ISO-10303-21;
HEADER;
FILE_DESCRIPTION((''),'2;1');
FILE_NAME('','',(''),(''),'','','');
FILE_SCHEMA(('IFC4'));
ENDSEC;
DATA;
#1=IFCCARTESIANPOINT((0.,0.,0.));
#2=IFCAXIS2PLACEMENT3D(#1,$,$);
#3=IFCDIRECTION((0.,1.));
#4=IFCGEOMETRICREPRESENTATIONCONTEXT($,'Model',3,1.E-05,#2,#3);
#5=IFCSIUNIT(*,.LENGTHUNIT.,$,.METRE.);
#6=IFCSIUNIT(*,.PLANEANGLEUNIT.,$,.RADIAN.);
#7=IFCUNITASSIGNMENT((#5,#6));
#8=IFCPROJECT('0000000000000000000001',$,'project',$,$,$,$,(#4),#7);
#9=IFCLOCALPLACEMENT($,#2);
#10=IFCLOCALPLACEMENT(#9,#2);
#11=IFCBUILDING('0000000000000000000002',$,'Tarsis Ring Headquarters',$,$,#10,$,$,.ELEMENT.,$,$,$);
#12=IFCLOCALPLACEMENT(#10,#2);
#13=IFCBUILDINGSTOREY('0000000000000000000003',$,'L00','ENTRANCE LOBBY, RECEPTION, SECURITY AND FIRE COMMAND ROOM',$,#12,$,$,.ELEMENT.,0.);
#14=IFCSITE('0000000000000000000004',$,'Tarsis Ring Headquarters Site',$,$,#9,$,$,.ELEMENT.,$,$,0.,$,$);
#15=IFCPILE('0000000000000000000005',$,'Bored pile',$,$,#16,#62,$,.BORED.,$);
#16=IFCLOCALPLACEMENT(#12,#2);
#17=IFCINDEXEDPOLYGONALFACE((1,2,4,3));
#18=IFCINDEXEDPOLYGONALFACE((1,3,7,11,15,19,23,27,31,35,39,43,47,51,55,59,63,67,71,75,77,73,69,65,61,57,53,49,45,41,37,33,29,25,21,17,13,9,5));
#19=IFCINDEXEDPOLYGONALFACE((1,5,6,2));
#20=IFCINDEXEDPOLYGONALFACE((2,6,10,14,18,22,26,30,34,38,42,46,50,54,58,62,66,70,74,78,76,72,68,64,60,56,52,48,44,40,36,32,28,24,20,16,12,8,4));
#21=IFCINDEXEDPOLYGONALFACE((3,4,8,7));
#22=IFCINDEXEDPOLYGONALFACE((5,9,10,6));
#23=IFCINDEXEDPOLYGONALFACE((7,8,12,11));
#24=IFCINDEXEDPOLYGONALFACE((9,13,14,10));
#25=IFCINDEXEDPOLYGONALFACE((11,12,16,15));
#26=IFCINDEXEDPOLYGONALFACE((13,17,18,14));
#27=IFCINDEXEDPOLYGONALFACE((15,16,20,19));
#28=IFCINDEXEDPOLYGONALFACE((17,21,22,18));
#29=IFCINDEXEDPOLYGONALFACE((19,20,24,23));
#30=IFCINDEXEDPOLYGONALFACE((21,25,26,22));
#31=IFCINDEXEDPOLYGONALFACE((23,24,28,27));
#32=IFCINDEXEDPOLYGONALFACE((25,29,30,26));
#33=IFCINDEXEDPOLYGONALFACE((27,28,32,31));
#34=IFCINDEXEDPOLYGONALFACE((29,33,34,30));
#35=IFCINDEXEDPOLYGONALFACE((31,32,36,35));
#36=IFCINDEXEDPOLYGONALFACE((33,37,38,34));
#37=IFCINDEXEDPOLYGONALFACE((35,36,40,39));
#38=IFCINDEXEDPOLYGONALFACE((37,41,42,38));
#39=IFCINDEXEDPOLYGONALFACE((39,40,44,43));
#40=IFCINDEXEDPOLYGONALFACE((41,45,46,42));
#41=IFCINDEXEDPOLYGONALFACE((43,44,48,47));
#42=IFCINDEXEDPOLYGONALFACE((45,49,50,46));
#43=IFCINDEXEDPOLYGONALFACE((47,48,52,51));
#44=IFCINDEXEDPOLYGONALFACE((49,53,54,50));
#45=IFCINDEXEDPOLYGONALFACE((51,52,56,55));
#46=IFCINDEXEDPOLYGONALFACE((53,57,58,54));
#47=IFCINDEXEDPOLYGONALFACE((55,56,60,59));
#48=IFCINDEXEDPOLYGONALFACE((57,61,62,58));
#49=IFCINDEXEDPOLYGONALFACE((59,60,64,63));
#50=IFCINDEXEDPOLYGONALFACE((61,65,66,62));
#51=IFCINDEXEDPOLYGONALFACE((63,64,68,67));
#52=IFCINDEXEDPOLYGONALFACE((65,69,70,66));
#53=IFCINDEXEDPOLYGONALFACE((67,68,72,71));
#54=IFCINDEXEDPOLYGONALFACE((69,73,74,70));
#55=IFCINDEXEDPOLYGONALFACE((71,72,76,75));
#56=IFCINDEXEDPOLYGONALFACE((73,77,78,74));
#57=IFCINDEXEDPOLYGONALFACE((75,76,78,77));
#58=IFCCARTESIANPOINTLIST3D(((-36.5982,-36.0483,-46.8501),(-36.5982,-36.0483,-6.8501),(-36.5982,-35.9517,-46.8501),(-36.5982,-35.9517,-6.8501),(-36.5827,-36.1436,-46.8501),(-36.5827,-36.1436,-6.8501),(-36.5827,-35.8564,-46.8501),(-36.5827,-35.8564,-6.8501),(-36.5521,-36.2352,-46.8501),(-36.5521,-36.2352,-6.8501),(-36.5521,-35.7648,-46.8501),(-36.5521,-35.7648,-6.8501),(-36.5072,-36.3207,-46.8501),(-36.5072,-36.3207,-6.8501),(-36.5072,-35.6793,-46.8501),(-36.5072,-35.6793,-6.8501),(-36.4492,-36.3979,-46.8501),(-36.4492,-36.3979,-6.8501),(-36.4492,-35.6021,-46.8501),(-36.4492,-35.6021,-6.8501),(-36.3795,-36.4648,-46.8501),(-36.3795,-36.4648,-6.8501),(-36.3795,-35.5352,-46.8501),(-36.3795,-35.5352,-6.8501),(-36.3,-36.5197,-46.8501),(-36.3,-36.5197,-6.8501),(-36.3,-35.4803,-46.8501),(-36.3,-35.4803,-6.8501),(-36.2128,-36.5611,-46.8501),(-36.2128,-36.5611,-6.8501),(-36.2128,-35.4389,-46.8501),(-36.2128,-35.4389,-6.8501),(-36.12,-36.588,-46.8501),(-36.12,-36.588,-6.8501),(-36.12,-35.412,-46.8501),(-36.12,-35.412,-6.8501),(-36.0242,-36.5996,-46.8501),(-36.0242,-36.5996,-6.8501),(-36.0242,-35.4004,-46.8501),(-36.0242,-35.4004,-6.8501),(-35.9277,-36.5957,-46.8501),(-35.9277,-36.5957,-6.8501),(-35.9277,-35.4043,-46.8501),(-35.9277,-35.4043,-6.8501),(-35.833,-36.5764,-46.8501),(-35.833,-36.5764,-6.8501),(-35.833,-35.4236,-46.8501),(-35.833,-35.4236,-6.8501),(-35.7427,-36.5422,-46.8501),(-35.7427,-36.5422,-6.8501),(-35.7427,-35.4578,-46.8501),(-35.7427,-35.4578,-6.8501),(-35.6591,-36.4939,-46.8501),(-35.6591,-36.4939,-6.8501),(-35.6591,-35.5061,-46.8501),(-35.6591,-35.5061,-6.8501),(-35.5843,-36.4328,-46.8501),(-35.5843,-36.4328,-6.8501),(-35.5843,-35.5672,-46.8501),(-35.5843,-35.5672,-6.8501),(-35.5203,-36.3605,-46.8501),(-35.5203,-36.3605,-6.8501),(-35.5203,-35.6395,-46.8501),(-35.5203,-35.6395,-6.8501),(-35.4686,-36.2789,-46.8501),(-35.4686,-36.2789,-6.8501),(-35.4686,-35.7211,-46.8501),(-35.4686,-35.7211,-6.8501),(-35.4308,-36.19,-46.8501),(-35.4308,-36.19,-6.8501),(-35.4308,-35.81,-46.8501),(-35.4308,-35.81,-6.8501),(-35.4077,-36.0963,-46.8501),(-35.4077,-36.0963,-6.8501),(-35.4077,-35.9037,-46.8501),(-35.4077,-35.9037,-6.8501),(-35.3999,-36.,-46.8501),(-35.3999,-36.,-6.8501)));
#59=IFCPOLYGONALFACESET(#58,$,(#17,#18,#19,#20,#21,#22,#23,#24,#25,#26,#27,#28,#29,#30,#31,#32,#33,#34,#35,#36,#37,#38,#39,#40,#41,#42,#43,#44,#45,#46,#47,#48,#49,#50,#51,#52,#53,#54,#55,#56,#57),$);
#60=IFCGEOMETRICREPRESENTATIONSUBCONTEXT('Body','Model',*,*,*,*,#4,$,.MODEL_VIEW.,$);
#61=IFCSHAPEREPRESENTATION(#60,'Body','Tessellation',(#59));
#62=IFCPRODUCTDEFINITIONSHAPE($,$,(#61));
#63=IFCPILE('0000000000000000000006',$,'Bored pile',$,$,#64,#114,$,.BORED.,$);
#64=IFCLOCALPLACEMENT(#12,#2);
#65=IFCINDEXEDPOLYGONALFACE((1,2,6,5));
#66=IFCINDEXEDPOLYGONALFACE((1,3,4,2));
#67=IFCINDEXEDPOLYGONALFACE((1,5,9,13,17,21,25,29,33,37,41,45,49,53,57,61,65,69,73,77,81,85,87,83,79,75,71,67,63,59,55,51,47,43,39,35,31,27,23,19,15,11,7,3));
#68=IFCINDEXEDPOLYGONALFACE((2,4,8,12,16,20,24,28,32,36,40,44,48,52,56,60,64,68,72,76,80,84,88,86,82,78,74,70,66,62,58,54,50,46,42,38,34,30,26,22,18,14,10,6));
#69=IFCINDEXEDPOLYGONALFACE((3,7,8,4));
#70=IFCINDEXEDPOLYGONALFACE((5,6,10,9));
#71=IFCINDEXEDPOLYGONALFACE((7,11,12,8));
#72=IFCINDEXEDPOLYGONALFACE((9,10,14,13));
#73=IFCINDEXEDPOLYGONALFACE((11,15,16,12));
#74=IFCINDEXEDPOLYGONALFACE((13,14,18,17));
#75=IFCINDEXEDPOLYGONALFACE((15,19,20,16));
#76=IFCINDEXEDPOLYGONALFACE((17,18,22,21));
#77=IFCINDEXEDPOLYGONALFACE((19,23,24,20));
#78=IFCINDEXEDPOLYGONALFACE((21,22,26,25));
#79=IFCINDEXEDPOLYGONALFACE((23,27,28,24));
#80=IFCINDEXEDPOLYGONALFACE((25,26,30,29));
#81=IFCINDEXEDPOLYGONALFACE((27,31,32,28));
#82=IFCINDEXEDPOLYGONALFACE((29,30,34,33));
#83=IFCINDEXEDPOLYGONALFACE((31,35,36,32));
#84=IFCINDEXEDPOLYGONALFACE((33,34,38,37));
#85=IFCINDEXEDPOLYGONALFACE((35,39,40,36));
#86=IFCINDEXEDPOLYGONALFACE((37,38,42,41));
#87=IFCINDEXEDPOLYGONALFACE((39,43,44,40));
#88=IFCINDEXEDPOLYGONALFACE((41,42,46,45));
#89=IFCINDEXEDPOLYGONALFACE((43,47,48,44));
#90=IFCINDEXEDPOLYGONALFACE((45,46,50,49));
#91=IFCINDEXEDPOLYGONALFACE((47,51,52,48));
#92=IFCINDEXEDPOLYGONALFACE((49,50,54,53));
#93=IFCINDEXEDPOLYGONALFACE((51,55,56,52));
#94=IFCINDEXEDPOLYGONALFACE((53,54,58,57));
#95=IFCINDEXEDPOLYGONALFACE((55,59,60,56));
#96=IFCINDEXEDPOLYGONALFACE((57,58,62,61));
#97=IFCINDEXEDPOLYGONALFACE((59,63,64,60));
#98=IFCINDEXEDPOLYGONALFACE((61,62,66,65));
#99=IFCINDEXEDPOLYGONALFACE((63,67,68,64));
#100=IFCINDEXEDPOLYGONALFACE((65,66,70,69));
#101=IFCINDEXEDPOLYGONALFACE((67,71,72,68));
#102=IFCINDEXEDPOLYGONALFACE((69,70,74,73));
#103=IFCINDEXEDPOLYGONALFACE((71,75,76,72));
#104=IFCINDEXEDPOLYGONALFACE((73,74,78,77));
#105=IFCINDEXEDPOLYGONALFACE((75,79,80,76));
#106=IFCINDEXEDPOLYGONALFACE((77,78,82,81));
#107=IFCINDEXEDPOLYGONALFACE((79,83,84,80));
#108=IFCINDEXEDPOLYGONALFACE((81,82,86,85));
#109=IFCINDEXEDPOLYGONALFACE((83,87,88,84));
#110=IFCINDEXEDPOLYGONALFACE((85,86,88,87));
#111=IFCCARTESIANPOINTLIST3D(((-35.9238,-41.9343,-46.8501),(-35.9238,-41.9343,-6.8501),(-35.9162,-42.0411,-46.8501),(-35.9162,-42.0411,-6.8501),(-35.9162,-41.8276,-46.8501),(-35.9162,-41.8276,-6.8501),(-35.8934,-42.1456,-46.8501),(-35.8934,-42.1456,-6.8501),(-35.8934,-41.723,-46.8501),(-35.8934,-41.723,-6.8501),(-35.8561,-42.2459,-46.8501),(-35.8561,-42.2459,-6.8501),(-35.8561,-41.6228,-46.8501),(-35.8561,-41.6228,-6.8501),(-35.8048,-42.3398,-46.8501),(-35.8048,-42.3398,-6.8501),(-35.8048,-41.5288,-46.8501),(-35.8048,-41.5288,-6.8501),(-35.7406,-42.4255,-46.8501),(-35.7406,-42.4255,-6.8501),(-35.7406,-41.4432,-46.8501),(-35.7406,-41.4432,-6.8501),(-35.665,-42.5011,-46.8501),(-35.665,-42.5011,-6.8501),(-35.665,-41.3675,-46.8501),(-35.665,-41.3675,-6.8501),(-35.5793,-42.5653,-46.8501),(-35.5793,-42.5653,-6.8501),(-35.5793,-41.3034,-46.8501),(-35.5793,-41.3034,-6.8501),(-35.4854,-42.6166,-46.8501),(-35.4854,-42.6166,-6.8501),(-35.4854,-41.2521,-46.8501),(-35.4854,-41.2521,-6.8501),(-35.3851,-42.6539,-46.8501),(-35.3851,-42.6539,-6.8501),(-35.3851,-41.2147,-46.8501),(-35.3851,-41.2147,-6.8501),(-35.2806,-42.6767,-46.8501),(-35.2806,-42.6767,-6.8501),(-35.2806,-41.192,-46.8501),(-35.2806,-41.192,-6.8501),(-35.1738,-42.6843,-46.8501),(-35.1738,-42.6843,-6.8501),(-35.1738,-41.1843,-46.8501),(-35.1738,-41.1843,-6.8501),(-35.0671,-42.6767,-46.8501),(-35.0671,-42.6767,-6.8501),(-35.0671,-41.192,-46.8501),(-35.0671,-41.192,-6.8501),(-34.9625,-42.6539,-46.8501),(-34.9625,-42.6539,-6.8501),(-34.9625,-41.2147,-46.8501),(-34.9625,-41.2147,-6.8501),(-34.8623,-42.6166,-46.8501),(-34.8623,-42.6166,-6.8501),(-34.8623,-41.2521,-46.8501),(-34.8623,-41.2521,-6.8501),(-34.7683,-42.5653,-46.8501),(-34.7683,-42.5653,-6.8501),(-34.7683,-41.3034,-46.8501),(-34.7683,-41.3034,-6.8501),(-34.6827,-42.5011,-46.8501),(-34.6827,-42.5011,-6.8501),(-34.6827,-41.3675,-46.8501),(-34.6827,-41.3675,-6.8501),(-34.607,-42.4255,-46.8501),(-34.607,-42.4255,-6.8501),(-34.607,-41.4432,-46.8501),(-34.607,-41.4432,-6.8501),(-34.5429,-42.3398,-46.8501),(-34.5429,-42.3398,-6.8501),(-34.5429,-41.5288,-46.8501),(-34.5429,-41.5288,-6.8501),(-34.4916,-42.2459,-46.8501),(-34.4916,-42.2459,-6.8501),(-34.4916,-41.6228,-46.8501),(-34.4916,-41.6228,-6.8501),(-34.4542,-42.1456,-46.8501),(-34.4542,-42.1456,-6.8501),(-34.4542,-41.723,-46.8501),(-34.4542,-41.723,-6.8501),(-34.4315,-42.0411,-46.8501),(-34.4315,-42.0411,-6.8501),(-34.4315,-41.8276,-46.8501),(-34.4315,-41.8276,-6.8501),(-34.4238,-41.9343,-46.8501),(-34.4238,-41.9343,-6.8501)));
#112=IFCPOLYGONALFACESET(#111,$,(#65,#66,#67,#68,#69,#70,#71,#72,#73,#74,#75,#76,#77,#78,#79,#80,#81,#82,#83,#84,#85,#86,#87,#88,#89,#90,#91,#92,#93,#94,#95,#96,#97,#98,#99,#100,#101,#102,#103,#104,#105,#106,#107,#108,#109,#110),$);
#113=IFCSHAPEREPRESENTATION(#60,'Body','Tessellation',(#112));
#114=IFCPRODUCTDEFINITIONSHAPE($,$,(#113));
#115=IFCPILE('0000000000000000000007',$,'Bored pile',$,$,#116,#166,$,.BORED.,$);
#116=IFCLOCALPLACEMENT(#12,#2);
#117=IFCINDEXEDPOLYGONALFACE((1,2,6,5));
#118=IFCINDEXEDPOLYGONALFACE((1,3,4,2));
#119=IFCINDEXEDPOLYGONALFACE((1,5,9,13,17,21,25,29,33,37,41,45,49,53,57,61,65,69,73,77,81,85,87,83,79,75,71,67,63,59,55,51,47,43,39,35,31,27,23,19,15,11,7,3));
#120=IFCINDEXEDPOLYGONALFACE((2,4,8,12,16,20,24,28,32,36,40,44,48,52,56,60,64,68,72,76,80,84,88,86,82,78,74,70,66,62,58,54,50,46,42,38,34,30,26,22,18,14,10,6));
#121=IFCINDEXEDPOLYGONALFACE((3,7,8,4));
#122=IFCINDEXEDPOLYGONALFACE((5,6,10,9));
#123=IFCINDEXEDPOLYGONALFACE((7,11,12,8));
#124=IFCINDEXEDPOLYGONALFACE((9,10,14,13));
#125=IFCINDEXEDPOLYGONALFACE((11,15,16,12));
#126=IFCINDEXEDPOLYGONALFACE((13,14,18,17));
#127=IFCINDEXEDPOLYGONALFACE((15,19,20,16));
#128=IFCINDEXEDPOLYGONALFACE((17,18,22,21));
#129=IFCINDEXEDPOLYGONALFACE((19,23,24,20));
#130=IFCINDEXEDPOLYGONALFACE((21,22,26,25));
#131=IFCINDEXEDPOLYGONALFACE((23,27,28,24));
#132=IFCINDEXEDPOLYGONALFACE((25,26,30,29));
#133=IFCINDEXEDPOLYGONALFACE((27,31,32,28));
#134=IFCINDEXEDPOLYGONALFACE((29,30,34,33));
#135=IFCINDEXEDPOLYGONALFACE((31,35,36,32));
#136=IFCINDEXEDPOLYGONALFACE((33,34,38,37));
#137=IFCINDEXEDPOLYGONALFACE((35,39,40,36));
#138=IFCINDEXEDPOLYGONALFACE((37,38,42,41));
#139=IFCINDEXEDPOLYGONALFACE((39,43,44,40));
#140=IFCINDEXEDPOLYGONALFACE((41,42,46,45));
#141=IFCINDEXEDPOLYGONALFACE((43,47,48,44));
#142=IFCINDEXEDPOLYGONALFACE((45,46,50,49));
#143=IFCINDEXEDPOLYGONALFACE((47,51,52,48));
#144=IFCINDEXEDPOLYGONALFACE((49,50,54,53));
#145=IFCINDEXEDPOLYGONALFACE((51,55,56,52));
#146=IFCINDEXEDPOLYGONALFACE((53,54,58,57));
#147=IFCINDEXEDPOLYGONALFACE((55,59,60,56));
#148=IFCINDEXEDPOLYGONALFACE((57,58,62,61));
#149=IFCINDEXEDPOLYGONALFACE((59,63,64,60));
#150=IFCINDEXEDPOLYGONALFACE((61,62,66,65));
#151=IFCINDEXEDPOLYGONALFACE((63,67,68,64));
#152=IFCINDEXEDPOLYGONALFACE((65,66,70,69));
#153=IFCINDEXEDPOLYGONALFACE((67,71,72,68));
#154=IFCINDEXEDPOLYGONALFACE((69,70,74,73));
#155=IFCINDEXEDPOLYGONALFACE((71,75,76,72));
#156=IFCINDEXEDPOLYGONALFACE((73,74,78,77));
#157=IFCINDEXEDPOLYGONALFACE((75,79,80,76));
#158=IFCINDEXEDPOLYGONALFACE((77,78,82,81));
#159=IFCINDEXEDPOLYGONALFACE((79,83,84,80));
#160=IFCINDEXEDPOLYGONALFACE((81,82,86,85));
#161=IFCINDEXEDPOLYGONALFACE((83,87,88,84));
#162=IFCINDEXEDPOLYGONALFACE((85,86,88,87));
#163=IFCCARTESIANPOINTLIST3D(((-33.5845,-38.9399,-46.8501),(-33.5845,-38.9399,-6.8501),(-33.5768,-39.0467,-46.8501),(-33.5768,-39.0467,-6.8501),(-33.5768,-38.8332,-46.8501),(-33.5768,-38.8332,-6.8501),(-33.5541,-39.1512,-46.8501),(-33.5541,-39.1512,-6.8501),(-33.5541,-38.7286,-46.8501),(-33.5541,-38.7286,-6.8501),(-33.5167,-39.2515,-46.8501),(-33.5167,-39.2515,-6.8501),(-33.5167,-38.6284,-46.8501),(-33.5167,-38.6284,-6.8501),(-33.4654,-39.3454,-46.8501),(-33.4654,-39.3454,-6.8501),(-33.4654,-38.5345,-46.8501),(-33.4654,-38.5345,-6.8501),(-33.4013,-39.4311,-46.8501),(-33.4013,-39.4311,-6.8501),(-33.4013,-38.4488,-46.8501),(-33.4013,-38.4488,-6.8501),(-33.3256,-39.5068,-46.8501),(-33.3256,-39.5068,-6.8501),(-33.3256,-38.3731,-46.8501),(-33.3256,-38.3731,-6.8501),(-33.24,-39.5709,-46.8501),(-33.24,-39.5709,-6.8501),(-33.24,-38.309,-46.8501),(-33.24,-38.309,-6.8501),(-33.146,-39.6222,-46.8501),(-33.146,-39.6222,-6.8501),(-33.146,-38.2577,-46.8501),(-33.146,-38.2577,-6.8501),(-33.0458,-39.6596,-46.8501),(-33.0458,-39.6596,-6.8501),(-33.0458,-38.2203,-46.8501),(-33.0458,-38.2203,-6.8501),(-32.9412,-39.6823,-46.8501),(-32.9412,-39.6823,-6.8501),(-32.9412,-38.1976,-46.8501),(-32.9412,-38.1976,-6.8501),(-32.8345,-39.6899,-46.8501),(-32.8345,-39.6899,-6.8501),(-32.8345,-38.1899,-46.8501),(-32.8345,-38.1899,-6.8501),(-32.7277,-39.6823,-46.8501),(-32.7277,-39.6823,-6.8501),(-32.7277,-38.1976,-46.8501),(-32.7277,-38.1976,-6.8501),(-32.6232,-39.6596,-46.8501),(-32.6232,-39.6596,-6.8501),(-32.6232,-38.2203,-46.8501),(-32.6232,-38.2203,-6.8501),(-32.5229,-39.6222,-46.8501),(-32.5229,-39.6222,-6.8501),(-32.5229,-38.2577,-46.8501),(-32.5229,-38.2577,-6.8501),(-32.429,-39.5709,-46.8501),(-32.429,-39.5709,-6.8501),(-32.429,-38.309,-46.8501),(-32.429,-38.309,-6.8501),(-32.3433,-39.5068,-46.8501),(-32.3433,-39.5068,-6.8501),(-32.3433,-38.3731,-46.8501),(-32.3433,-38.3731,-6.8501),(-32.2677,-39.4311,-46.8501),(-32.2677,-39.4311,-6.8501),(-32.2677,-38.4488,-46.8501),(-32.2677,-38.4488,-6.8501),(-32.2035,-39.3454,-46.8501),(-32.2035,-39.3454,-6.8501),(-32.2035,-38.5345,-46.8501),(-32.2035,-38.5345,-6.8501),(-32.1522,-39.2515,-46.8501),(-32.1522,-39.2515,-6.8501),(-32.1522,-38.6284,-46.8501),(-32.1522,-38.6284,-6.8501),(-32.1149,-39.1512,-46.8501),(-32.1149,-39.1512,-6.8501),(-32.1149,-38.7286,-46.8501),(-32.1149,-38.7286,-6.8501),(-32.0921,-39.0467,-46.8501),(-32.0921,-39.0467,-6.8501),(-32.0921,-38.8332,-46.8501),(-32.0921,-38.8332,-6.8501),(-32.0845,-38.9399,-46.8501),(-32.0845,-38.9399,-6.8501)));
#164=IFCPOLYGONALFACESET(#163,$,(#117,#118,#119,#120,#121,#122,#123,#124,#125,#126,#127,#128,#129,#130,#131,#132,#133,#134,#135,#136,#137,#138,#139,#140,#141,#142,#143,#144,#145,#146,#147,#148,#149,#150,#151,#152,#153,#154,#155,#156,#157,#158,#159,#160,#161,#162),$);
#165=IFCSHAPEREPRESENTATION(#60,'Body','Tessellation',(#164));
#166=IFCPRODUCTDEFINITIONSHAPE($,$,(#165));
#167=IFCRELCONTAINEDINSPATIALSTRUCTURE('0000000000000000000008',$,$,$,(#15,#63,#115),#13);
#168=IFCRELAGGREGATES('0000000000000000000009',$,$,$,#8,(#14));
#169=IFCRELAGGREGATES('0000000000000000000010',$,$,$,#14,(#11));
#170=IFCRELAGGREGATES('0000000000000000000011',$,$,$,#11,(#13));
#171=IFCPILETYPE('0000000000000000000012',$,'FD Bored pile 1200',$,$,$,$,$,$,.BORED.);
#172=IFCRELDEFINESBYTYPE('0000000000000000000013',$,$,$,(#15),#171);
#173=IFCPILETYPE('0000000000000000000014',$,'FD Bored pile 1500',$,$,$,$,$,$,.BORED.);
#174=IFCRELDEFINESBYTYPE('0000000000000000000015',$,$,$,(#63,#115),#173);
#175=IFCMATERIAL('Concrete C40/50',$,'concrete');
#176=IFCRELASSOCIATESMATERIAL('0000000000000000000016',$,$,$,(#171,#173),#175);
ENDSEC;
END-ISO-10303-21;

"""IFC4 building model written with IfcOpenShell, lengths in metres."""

from ifc_helpers import new_model, si_unit, direction, frame, origin, origin_2d, place, context, subcontext, project, spatial, circle, extrude, material, material_profile, profile_set, type_object, element, save


model = new_model("IFC4")

# Units and contexts
model_context = context("Model", 3, precision=1e-05, world=origin(), true_north=direction((0.0, 1.0)))
body_context = subcontext(model_context, "Body", "Model", "MODEL_VIEW")
ifc_project = project(units=[si_unit("LENGTHUNIT", "METRE"), si_unit("PLANEANGLEUNIT", "RADIAN")], contexts=[model_context])

# Site, building, storey
site_placement = place(None, origin())
site = spatial("IfcSite", under=ifc_project, at=site_placement, Name="Tarsis Ring Headquarters Site", CompositionType="ELEMENT", RefElevation=0.0)
building_placement = place(site_placement, origin())
building = spatial("IfcBuilding", under=site, at=building_placement, Name="Tarsis Ring Headquarters", CompositionType="ELEMENT")
storey_placement = place(building_placement, origin())
storey = spatial("IfcBuildingStorey", under=building, at=storey_placement, Name="L00", Description="ENTRANCE LOBBY, RECEPTION, SECURITY AND FIRE COMMAND ROOM", CompositionType="ELEMENT", Elevation=0.0)

# Piles
ifc_material_1 = material(Name="Concrete C40/50", Category="concrete")
ifc_material_profile_1 = material_profile(ifc_material_1, circle(Radius=0.6001, at=origin_2d()), Name="BORED 1200")
ifc_profile_set_1 = profile_set([ifc_material_profile_1], Name="Concrete C40/50")
pile_type_1 = type_object("IfcPileType", Name="FD Bored pile 1200", PredefinedType="BORED", material=ifc_profile_set_1)
pile_placement = place(storey_placement, frame((-36.0, -36.0, -6.8501), z_axis=(0.0, 0.0, -1.0), x_axis=(1.0, 0.0, 0.0)))
element("IfcPile", 1, at=pile_placement, inside=storey, type_object=pile_type_1, Name="Bored pile", PredefinedType="BORED", context=body_context, shape_type="SweptSolid", body=[
    extrude(circle(Radius=0.6001, at=origin_2d()), origin(), (0.0, 0.0, 1.0), 40.0),
])
ifc_material_profile_2 = material_profile(ifc_material_1, circle(Radius=0.75, at=origin_2d()), Name="BORED 1500")
ifc_profile_set_2 = profile_set([ifc_material_profile_2], Name="Concrete C40/50")
pile_type_2 = type_object("IfcPileType", Name="FD Bored pile 1500", PredefinedType="BORED", material=ifc_profile_set_2)
for number, where, z_axis, x_axis, name in (
    (2, (-35.1738, -41.9343, -6.8501), (0.0, 0.0, -1.0), (1.0, 0.0, 0.0), "Bored pile"),
    (3, (-32.8345, -38.9399, -6.8501), (0.0, 0.0, -1.0), (1.0, 0.0, 0.0), "Bored pile"),
):
    element("IfcPile", number, at=place(storey_placement, frame(where, z_axis=z_axis, x_axis=x_axis)), inside=storey, type_object=pile_type_2, Name=name, PredefinedType="BORED", context=body_context, shape_type="SweptSolid", body=[
        extrude(circle(Radius=0.75, at=origin_2d()), origin(), (0.0, 0.0, 1.0), 40.0),
    ])

save(model, "model.ifc")
